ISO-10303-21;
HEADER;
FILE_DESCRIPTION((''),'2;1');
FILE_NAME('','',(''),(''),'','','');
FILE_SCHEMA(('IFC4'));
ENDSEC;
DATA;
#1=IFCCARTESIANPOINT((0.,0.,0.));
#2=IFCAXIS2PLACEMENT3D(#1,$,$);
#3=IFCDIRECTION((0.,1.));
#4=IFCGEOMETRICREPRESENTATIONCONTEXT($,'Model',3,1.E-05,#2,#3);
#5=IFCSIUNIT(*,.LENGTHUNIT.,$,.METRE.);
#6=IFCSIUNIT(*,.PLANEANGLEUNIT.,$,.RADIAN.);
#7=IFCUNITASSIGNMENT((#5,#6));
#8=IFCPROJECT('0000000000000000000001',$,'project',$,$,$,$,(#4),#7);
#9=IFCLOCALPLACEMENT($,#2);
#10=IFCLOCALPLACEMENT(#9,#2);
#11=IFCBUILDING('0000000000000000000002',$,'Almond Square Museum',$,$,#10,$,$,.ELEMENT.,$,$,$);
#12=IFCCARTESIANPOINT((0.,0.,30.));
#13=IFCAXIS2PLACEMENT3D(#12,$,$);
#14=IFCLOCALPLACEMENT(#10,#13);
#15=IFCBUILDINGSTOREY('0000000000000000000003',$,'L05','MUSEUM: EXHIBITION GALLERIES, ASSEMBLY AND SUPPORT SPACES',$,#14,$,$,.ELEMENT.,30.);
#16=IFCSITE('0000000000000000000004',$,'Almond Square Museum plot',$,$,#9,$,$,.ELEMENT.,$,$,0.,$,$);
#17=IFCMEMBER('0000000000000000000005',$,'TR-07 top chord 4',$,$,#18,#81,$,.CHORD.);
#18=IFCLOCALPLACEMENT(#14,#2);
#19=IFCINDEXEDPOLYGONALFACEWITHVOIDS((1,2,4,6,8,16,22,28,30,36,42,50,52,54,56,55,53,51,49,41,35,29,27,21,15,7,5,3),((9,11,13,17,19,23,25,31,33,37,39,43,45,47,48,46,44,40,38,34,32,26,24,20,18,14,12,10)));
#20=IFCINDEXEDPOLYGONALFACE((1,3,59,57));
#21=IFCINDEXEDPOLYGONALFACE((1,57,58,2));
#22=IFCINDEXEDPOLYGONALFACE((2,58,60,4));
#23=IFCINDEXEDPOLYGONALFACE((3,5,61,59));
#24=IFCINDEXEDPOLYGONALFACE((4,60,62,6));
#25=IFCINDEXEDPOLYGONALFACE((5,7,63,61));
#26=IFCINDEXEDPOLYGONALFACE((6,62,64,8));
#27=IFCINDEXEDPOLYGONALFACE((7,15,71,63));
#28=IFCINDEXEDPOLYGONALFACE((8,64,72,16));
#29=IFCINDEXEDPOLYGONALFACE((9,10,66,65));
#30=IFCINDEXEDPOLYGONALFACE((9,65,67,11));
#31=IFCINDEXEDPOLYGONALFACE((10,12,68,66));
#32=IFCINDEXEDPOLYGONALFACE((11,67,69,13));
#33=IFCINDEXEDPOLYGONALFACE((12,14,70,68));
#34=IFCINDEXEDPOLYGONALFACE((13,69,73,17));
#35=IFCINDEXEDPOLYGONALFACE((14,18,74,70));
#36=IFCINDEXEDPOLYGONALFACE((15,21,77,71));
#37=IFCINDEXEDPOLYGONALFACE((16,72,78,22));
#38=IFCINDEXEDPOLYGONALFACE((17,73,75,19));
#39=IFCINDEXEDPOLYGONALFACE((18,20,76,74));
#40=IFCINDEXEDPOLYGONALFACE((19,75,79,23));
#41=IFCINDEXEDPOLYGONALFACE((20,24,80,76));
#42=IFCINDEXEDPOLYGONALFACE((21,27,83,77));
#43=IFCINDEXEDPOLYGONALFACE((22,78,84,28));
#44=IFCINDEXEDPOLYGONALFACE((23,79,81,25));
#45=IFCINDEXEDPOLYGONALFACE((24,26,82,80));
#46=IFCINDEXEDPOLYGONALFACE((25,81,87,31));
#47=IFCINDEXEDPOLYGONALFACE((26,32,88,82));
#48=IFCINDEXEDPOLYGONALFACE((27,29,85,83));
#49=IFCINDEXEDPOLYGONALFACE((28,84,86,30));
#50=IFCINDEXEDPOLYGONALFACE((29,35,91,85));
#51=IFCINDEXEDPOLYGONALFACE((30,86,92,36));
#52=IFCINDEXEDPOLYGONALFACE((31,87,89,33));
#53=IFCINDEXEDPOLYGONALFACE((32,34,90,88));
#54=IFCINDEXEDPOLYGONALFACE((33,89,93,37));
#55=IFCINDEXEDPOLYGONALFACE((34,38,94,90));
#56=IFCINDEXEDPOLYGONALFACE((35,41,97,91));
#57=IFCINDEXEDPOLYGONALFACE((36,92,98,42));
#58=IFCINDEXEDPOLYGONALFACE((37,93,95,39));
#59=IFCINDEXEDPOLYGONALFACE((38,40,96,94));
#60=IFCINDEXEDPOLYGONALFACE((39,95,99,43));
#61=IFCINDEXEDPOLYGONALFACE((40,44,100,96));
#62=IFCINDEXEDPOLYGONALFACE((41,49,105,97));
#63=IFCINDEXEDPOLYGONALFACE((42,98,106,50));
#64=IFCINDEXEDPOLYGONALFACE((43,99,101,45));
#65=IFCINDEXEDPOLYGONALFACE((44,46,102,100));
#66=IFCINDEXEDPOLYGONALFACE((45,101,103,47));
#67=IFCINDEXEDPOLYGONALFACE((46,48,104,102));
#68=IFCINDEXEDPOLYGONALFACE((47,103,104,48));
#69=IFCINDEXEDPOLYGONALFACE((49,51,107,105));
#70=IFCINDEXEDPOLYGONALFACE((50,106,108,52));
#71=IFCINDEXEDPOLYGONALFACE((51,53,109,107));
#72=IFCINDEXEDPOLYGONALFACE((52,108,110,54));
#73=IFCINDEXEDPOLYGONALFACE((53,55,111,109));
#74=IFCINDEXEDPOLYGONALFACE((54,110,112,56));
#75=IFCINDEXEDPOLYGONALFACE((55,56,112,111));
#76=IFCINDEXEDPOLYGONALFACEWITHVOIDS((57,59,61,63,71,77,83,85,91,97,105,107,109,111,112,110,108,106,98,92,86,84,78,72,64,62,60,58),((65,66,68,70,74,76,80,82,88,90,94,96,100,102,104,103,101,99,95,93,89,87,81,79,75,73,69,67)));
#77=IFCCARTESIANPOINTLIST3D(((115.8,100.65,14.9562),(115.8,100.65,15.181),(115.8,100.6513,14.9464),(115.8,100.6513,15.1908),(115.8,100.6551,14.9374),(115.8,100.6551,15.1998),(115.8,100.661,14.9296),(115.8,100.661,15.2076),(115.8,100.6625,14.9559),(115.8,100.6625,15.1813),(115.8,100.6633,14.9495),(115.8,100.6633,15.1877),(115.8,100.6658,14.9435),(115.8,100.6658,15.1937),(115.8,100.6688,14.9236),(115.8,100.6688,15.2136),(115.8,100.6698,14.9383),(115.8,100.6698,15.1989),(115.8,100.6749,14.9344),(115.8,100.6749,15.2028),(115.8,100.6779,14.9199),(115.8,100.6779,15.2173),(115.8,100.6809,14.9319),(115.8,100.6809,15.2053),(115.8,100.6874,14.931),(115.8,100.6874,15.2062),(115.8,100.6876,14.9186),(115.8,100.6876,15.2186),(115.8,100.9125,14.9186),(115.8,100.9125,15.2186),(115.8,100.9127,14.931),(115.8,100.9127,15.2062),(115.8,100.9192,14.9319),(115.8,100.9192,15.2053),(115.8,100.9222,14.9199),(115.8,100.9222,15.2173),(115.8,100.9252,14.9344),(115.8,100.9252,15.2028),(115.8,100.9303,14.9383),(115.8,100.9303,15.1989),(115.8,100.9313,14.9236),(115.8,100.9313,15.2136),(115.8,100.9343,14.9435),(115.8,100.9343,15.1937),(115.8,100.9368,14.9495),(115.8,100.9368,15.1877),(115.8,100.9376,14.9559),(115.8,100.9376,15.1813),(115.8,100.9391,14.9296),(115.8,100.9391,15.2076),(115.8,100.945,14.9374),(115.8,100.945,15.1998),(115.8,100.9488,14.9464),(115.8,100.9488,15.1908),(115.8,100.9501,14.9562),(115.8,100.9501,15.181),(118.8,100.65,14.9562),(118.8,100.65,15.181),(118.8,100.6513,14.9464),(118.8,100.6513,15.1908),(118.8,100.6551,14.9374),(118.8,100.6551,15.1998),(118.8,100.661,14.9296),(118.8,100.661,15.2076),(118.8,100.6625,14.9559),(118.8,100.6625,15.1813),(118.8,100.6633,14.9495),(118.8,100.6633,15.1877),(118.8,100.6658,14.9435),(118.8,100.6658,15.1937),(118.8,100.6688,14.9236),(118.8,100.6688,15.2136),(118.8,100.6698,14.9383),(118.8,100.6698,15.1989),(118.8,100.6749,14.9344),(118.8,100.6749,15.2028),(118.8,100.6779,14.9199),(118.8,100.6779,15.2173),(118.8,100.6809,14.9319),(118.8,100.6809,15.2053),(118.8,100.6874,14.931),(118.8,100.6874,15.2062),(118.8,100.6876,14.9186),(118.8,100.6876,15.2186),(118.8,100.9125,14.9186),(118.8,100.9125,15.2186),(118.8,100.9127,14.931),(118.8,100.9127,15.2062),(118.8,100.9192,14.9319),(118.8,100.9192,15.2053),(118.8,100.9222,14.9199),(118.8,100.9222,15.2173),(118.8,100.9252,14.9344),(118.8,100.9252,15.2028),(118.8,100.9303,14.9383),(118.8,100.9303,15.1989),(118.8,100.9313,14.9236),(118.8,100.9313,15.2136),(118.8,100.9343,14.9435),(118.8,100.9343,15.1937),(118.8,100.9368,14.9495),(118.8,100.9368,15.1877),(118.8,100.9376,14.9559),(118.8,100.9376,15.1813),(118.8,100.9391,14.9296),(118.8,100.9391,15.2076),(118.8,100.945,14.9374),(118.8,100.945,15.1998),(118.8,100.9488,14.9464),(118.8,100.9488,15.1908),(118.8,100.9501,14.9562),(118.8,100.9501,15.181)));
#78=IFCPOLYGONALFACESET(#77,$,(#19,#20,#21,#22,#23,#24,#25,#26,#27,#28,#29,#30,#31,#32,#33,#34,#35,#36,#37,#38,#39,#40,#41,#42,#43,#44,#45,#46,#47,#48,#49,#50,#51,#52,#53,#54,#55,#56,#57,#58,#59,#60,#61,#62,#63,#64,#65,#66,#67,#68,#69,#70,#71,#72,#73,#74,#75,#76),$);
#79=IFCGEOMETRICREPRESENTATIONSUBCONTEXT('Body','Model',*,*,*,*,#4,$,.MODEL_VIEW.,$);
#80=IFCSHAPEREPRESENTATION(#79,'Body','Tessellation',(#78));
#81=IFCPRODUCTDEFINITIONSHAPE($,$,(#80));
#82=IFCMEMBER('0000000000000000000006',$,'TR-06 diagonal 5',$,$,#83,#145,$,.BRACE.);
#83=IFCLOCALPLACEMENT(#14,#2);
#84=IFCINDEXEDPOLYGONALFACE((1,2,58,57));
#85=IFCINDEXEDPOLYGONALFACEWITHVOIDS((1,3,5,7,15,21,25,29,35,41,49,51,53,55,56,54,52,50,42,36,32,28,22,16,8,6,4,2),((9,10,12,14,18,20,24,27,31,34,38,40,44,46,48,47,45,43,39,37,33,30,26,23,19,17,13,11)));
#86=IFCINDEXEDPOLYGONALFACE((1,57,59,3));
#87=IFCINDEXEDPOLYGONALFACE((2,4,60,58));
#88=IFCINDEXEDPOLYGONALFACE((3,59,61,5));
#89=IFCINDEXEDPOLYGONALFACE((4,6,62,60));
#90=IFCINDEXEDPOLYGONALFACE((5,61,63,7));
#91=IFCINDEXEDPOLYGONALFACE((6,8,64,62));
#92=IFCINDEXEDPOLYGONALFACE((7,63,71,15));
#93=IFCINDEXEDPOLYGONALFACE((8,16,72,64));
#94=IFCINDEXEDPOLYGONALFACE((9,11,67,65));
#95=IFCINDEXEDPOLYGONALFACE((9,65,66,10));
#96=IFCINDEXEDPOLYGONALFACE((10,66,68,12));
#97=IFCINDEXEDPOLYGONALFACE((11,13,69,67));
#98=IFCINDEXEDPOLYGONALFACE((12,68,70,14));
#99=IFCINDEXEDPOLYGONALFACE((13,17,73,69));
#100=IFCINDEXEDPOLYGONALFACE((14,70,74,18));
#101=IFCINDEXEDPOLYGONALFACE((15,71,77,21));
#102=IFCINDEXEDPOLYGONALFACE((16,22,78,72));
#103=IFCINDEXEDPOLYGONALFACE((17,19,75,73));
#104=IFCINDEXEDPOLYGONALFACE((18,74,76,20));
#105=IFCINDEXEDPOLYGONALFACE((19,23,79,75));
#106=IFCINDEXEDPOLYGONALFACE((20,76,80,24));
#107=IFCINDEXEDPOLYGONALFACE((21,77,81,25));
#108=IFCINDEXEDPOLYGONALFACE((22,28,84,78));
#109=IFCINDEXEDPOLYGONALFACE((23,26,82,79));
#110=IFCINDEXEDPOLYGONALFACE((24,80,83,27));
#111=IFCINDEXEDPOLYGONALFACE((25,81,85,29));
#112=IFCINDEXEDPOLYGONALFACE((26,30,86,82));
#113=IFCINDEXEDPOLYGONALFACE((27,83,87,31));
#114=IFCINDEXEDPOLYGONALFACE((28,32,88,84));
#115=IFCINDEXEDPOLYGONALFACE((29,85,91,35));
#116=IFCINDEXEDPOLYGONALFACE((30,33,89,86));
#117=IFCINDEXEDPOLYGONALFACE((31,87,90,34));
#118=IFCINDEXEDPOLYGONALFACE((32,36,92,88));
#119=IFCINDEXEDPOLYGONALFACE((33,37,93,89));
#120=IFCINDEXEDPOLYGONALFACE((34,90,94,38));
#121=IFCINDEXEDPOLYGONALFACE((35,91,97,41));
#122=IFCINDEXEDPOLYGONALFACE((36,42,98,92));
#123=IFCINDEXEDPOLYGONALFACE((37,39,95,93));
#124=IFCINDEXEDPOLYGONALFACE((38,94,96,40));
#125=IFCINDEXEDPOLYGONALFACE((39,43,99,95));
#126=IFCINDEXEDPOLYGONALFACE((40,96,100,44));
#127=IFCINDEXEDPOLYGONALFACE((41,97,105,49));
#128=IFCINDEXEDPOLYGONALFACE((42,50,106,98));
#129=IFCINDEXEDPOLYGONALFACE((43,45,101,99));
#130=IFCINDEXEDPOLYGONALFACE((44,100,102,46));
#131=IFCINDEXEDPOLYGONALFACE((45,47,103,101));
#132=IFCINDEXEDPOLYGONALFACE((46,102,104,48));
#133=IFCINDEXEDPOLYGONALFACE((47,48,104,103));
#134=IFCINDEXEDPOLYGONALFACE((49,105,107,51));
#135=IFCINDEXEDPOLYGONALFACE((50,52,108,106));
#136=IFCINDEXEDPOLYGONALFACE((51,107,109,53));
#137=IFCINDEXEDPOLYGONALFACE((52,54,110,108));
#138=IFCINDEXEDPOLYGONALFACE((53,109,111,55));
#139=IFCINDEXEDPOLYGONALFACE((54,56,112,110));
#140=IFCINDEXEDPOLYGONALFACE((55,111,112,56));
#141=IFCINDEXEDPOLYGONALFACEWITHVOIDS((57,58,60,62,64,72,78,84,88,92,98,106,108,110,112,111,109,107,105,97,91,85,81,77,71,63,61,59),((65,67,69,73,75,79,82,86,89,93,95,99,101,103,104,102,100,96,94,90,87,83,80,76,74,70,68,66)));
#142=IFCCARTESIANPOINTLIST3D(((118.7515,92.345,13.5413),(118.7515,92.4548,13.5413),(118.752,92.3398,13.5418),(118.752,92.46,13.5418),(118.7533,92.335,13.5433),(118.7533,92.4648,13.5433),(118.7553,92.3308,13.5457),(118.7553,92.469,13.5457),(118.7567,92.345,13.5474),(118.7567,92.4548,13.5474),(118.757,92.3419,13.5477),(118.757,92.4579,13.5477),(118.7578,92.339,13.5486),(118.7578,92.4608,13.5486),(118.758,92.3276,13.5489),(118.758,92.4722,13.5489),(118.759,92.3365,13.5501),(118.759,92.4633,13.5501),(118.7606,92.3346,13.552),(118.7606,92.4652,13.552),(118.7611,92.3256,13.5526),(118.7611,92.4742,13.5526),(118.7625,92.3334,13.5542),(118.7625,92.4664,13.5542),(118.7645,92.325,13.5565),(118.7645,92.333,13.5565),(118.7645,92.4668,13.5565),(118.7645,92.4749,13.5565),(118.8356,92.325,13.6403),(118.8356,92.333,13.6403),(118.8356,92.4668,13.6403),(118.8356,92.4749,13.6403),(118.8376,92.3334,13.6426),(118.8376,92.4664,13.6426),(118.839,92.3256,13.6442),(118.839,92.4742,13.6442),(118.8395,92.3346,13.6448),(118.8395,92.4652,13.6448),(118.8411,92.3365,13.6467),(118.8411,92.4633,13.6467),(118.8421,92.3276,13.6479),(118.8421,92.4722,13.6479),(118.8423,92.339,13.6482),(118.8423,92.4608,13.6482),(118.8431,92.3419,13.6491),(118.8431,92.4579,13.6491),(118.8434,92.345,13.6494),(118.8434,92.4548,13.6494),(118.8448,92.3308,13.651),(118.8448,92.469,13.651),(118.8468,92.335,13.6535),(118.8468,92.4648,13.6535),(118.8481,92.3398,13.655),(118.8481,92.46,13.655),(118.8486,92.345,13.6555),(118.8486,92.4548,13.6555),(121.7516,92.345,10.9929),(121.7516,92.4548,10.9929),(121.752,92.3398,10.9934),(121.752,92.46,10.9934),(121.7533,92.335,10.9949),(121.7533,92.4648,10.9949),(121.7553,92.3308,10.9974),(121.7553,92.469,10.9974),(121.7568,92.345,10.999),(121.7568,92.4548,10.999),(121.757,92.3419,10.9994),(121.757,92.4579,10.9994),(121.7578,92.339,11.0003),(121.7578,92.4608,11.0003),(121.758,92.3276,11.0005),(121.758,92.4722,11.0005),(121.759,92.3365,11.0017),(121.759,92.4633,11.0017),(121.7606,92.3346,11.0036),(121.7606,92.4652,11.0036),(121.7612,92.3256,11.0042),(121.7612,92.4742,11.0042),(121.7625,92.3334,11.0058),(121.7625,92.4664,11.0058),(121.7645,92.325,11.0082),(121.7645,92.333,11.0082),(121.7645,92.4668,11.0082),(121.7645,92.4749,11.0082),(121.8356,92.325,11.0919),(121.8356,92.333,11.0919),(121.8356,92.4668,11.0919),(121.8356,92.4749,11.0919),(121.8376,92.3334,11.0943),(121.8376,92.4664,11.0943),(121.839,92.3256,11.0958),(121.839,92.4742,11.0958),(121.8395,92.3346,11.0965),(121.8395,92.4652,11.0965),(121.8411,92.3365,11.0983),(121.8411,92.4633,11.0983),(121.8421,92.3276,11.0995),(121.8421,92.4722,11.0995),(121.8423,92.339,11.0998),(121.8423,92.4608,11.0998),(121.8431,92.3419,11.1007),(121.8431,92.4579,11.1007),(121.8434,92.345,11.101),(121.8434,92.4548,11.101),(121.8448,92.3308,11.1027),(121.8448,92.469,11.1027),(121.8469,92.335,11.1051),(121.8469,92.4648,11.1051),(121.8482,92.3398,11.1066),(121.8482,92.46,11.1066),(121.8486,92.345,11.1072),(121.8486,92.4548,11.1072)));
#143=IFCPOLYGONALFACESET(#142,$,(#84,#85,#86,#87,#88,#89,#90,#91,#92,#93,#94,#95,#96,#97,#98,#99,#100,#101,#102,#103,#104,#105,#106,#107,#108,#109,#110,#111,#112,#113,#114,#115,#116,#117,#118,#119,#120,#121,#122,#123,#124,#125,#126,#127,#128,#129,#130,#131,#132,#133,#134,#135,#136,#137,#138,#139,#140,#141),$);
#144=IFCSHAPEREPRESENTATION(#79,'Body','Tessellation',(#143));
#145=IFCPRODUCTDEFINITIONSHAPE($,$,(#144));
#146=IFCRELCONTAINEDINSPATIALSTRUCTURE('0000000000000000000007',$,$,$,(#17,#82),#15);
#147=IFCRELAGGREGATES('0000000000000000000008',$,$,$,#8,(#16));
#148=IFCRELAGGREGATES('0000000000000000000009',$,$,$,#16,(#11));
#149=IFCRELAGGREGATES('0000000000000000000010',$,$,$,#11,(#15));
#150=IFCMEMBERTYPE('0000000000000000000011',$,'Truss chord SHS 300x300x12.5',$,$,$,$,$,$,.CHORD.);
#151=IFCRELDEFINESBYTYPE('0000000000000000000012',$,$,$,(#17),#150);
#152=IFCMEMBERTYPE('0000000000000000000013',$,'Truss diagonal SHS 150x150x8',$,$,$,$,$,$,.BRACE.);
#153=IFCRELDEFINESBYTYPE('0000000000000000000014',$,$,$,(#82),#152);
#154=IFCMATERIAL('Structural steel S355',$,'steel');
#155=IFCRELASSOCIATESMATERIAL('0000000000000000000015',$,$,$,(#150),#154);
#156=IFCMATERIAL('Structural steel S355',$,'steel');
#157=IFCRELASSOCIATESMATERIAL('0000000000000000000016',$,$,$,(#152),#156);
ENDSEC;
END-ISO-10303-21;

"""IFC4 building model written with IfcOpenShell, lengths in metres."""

from ifc_helpers import new_model, si_unit, direction, frame, origin, origin_2d, place, context, subcontext, project, spatial, hollow_rectangle, extrude, material, material_profile, profile_set, type_object, element, save


model = new_model("IFC4")

# Units and contexts
model_context = context("Model", 3, precision=1e-05, world=origin(), true_north=direction((0.0, 1.0)))
body_context = subcontext(model_context, "Body", "Model", "MODEL_VIEW")
ifc_project = project(units=[si_unit("LENGTHUNIT", "METRE"), si_unit("PLANEANGLEUNIT", "RADIAN")], contexts=[model_context])

# Site, building, storey
site_placement = place(None, origin())
site = spatial("IfcSite", under=ifc_project, at=site_placement, Name="Almond Square Museum plot", CompositionType="ELEMENT", RefElevation=0.0)
building_placement = place(site_placement, origin())
building = spatial("IfcBuilding", under=site, at=building_placement, Name="Almond Square Museum", CompositionType="ELEMENT")
storey_placement = place(building_placement, frame((0.0, 0.0, 30.0)))
storey = spatial("IfcBuildingStorey", under=building, at=storey_placement, Name="L05", Description="MUSEUM: EXHIBITION GALLERIES, ASSEMBLY AND SUPPORT SPACES", CompositionType="ELEMENT", Elevation=30.0)

# Members
ifc_material_1 = material(Name="Structural steel S355", Category="steel")
ifc_material_profile_1 = material_profile(ifc_material_1, hollow_rectangle(XDim=0.3, YDim=0.3, WallThickness=0.0125, InnerFilletRadius=0.0249, OuterFilletRadius=0.0376, at=origin_2d()))
ifc_profile_set_1 = profile_set([ifc_material_profile_1], Name="Structural steel S355")
member_type_1 = type_object("IfcMemberType", Name="Truss chord SHS 300x300x12.5", PredefinedType="CHORD", material=ifc_profile_set_1)
for number, where, z_axis, x_axis, name in (
    (1, (115.8, 100.8, 15.0686), (1.0, 0.0, 0.0), (0.0, 1.0, 0.0), "TR-07 top chord 4"),
):
    element("IfcMember", number, at=place(storey_placement, frame(where, z_axis=z_axis, x_axis=x_axis)), inside=storey, type_object=member_type_1, Name=name, PredefinedType="CHORD", context=body_context, shape_type="SweptSolid", body=[
        extrude(hollow_rectangle(XDim=0.3, YDim=0.3, WallThickness=0.0125, InnerFilletRadius=0.0249, OuterFilletRadius=0.0376, at=origin_2d()), origin(), (0.0, 0.0, 1.0), 3.0),
    ])
ifc_material_2 = material(Name="Structural steel S355", Category="steel")
ifc_material_profile_2 = material_profile(ifc_material_2, hollow_rectangle(XDim=0.1499, YDim=0.1499, WallThickness=0.0081, InnerFilletRadius=0.012, OuterFilletRadius=0.02, at=origin_2d()))
ifc_profile_set_2 = profile_set([ifc_material_profile_2], Name="Structural steel S355")
member_type_2 = type_object("IfcMemberType", Name="Truss diagonal SHS 150x150x8", PredefinedType="BRACE", material=ifc_profile_set_2)
for number, where, z_axis, x_axis, name in (
    (2, (118.8, 92.3999, 13.5984), (0.762147, 0.0, -0.647404), (0.0, 1.0, 0.0), "TR-06 diagonal 5"),
):
    element("IfcMember", number, at=place(storey_placement, frame(where, z_axis=z_axis, x_axis=x_axis)), inside=storey, type_object=member_type_2, Name=name, PredefinedType="BRACE", context=body_context, shape_type="SweptSolid", body=[
        extrude(hollow_rectangle(XDim=0.1499, YDim=0.1499, WallThickness=0.0081, InnerFilletRadius=0.012, OuterFilletRadius=0.02, at=origin_2d()), origin(), (0.0, 0.0, 1.0), 3.9363),
    ])

save(model, "model.ifc")
